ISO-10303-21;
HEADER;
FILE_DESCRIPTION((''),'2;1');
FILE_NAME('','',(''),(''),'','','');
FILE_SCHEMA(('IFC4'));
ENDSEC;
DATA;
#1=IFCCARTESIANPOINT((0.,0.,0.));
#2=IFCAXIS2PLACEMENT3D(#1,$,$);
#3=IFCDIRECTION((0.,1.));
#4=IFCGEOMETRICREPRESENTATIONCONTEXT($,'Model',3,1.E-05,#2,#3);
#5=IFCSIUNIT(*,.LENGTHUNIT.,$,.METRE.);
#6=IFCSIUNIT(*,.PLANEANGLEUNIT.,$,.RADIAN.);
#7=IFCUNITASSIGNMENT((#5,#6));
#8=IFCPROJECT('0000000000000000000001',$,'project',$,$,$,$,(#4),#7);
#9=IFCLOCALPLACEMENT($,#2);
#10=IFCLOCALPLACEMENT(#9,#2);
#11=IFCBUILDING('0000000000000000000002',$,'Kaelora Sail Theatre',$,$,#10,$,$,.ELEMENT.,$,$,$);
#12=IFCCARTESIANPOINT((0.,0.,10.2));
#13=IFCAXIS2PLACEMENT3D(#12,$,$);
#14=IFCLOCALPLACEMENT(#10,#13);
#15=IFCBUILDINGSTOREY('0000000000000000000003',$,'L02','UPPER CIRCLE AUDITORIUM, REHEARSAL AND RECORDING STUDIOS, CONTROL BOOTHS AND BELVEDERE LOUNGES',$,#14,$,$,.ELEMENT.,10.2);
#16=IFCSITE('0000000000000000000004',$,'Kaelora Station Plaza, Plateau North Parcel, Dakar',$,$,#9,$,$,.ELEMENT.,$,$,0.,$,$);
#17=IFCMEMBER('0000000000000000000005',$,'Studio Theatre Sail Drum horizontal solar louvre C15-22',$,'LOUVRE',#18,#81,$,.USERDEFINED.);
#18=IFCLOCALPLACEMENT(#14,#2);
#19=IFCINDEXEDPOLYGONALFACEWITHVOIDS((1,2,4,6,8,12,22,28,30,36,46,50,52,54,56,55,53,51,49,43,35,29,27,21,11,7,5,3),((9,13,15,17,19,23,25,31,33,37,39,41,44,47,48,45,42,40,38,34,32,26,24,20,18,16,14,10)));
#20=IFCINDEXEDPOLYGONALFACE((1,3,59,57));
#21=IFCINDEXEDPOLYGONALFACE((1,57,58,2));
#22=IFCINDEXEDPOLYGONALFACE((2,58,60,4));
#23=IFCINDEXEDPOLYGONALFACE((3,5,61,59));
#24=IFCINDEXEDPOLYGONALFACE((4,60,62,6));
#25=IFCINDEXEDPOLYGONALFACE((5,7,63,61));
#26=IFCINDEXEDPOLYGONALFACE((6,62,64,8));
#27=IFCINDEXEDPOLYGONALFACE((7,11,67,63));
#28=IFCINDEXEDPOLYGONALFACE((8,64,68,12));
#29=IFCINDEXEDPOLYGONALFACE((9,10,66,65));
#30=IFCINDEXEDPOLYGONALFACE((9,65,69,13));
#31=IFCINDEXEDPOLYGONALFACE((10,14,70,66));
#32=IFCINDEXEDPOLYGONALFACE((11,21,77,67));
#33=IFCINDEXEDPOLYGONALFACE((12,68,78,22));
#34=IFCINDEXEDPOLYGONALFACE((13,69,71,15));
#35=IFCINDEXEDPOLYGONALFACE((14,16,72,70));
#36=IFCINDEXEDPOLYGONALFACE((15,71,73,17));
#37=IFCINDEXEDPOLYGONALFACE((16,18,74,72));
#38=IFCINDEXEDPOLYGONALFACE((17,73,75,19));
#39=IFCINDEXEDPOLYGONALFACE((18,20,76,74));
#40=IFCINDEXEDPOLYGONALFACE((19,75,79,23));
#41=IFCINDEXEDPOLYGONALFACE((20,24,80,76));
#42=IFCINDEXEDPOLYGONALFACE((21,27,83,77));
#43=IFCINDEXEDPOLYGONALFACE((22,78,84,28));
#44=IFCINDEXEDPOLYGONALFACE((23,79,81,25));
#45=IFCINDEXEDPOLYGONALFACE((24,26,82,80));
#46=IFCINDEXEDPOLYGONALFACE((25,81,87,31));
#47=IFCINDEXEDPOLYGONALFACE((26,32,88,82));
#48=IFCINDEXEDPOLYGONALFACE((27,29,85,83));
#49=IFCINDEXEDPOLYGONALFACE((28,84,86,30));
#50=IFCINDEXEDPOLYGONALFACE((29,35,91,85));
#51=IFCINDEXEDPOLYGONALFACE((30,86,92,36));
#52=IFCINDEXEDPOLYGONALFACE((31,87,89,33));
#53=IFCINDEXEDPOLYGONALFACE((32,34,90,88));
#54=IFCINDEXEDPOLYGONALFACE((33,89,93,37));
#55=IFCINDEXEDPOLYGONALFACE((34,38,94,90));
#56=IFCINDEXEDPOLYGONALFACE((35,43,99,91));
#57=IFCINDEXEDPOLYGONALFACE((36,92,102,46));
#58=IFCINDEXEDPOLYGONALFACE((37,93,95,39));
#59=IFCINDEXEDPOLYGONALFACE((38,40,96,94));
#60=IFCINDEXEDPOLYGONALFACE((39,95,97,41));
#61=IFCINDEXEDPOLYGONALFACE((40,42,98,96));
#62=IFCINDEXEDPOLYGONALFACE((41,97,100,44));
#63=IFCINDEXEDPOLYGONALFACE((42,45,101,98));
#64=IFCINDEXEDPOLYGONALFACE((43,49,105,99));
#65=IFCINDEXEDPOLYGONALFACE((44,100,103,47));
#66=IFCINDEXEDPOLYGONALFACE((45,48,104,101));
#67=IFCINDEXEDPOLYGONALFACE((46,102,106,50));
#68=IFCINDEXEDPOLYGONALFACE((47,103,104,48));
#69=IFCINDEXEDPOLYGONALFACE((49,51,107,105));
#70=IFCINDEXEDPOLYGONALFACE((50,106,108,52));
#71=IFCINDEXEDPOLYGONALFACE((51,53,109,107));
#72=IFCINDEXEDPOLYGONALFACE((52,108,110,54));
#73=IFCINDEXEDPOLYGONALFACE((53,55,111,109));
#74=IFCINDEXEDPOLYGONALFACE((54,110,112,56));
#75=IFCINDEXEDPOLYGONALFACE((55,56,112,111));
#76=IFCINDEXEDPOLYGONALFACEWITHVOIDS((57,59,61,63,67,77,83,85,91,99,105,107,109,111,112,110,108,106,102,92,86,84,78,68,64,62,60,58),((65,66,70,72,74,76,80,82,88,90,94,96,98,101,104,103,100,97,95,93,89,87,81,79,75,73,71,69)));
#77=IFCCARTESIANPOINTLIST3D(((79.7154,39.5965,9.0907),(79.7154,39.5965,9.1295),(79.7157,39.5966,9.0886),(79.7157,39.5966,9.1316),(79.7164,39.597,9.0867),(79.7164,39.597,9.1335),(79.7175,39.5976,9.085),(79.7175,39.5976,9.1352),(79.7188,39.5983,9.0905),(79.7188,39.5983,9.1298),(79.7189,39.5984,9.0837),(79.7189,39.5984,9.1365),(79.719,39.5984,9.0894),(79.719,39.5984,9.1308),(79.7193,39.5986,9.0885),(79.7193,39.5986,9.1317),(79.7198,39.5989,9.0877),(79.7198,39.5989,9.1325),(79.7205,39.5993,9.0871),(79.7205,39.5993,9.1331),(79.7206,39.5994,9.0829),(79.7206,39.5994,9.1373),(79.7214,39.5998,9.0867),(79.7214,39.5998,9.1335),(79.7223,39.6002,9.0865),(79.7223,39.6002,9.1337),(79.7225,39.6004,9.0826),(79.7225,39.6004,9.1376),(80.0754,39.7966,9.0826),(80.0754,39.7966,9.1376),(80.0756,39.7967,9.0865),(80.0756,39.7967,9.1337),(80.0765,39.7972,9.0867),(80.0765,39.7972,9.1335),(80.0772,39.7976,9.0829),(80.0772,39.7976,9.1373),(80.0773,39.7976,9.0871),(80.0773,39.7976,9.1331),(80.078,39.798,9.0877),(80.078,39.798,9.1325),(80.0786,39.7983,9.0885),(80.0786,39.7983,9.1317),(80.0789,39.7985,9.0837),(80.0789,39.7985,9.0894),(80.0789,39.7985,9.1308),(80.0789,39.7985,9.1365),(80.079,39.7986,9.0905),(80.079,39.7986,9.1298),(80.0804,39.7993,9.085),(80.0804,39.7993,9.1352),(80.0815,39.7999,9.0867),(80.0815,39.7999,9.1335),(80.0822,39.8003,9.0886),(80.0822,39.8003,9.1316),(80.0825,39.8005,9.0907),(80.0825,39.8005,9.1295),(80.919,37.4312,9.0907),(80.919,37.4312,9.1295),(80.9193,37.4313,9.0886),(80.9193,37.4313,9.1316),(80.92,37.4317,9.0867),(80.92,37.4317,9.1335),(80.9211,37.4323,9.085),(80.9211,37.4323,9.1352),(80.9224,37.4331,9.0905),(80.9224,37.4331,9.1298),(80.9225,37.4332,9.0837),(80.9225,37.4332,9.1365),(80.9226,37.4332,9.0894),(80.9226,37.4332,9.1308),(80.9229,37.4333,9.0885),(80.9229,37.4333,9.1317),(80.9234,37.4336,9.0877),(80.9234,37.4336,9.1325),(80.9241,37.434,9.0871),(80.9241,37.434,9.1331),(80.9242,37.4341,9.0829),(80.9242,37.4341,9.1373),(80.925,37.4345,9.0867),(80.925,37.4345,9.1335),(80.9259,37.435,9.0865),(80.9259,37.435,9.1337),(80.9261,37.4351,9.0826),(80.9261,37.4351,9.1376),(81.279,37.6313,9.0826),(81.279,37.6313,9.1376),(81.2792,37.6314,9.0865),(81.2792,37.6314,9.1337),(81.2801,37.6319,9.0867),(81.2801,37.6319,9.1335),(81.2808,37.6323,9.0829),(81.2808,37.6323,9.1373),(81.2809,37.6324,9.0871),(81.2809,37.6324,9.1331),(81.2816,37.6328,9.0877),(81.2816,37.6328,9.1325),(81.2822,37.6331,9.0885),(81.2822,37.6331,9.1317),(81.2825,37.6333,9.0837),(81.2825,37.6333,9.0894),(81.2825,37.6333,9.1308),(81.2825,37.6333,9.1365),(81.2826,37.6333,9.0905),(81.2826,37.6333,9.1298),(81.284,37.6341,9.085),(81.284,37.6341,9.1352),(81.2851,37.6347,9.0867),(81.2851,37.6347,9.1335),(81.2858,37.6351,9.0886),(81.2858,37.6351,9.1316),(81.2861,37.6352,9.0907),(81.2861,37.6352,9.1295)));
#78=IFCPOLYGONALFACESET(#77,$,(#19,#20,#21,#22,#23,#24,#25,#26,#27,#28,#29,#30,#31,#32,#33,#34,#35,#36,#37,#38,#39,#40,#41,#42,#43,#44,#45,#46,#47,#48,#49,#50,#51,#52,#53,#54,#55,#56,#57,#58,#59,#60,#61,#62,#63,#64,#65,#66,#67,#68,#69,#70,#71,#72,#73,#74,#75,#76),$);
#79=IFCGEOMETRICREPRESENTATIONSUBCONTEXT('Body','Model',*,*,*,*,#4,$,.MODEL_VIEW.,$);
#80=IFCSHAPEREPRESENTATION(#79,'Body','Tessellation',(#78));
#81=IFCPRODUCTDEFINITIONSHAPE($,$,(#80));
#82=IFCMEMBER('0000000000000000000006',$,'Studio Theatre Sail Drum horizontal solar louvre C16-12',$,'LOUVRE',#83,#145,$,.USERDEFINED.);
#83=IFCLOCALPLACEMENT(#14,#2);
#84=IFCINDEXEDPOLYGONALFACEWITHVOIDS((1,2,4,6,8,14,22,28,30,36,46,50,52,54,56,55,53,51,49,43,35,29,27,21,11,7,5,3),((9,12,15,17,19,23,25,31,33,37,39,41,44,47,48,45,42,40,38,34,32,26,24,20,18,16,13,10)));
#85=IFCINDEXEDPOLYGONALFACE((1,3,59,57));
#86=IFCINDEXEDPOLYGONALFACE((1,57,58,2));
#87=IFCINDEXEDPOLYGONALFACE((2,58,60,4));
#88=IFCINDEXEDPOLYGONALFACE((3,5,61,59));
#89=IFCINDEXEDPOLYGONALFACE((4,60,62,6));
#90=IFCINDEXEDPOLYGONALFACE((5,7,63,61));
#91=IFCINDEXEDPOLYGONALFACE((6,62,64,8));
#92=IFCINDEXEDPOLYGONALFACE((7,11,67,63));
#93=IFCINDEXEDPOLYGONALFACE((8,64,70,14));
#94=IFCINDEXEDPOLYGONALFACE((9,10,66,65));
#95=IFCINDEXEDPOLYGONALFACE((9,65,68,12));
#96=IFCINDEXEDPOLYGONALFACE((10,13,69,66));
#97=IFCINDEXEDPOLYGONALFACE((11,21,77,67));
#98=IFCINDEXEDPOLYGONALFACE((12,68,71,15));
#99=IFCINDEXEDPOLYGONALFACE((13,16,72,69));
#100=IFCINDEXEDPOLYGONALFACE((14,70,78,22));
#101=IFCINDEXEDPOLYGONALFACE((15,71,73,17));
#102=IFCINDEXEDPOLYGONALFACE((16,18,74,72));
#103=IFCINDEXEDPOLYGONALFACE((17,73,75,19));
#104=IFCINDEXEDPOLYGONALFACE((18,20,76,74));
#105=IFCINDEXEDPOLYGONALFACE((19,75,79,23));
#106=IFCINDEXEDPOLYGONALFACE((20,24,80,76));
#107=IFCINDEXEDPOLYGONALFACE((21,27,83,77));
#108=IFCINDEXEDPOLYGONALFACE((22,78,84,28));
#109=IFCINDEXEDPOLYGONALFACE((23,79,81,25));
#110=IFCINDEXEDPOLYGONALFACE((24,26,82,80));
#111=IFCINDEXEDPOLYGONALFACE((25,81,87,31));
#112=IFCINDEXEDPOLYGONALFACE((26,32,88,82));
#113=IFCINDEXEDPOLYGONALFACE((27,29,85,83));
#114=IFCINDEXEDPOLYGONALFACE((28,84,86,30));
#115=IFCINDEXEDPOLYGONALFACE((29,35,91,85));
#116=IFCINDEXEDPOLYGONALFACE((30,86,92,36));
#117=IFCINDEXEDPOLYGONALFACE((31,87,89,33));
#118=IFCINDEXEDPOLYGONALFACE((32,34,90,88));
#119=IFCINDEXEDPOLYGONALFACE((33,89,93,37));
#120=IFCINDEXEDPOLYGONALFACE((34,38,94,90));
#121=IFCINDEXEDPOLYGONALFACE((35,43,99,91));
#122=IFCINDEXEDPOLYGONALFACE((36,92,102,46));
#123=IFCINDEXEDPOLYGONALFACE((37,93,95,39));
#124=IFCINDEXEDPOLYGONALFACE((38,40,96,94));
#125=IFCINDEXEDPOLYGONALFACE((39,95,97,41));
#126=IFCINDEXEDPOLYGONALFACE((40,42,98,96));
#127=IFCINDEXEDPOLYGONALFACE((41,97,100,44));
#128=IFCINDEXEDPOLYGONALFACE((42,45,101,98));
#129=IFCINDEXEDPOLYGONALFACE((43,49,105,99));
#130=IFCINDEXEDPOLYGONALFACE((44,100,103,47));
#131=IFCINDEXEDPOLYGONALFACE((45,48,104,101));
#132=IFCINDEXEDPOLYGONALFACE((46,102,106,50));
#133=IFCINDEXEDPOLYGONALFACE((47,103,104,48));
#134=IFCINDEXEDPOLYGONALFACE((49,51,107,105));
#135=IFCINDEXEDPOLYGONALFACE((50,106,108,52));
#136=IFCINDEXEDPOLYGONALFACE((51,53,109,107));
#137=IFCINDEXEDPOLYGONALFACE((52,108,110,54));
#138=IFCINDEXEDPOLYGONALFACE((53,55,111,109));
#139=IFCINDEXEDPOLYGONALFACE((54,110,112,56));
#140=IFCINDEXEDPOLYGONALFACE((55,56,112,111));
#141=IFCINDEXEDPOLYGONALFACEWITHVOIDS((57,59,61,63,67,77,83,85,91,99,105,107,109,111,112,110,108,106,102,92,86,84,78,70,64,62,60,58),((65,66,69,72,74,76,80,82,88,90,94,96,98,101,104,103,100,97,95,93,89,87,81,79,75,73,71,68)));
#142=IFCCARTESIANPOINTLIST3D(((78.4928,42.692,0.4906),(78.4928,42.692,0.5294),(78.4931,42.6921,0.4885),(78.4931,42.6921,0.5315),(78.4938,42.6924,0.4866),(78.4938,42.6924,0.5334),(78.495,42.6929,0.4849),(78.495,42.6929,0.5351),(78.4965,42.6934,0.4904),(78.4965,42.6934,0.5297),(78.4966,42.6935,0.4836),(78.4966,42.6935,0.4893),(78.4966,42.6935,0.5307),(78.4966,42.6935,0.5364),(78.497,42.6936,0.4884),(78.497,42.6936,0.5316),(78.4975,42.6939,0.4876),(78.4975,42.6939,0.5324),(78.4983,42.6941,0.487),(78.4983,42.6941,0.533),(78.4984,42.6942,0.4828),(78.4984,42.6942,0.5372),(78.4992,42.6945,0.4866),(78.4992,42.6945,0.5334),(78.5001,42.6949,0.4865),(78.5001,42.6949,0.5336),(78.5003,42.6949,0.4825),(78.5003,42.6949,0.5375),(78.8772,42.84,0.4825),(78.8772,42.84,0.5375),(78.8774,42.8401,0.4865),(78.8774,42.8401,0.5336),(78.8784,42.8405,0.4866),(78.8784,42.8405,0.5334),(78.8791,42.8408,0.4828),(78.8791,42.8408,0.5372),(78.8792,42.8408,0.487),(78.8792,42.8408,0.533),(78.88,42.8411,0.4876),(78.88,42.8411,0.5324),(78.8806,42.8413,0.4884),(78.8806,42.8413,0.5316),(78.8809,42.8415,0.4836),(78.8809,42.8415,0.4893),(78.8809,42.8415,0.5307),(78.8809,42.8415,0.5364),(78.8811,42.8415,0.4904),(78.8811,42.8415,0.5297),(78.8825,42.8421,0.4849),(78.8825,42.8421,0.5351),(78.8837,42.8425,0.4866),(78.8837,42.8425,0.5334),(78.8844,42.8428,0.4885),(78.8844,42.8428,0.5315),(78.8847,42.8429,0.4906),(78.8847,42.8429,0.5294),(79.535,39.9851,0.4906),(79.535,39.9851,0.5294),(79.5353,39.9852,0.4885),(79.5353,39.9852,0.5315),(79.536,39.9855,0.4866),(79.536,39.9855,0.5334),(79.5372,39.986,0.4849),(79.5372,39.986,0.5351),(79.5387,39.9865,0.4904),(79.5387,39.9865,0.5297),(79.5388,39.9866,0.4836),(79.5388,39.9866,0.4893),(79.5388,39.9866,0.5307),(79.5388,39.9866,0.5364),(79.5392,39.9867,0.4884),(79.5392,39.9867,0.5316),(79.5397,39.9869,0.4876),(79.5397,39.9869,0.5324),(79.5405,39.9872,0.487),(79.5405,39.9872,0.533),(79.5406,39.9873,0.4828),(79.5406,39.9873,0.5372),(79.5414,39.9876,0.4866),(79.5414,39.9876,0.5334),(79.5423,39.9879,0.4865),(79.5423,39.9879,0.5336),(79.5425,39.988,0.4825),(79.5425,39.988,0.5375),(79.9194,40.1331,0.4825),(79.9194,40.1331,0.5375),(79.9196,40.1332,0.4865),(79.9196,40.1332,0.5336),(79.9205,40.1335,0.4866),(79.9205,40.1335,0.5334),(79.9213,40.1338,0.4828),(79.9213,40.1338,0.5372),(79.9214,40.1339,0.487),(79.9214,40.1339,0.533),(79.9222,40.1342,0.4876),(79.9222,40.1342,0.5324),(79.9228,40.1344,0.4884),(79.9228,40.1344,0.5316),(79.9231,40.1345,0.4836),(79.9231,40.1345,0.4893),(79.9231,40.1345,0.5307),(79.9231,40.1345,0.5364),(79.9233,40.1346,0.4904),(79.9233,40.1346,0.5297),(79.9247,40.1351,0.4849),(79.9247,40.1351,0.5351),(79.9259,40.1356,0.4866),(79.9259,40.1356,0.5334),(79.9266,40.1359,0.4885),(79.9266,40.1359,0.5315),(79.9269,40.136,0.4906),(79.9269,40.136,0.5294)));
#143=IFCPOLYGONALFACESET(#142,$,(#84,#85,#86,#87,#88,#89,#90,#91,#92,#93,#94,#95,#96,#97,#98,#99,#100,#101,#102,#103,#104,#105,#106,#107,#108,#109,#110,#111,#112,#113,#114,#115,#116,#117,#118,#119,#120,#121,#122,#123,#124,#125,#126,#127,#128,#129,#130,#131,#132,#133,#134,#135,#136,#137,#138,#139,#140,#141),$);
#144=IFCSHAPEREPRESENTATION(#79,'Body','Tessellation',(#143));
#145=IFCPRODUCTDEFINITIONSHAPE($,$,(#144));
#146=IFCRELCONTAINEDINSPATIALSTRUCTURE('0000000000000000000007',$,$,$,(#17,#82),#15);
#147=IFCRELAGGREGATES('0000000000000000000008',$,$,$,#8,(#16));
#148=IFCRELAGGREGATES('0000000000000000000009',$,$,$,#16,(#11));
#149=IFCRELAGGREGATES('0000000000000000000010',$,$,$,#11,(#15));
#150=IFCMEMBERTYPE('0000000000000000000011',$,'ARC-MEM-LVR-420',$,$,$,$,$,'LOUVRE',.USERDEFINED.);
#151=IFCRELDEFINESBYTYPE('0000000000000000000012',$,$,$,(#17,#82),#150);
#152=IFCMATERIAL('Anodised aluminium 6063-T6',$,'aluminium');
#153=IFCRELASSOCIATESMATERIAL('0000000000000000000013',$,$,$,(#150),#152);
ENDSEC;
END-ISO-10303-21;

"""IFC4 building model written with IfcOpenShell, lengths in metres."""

from ifc_helpers import new_model, si_unit, direction, frame, origin, origin_2d, place, context, subcontext, project, spatial, hollow_rectangle, extrude, material, material_profile, profile_set, type_object, element, save


model = new_model("IFC4")

# Units and contexts
model_context = context("Model", 3, precision=1e-05, world=origin(), true_north=direction((0.0, 1.0)))
body_context = subcontext(model_context, "Body", "Model", "MODEL_VIEW")
ifc_project = project(units=[si_unit("LENGTHUNIT", "METRE"), si_unit("PLANEANGLEUNIT", "RADIAN")], contexts=[model_context])

# Site, building, storey
site_placement = place(None, origin())
site = spatial("IfcSite", under=ifc_project, at=site_placement, Name="Kaelora Station Plaza, Plateau North Parcel, Dakar", CompositionType="ELEMENT", RefElevation=0.0)
building_placement = place(site_placement, origin())
building = spatial("IfcBuilding", under=site, at=building_placement, Name="Kaelora Sail Theatre", CompositionType="ELEMENT")
storey_placement = place(building_placement, frame((0.0, 0.0, 10.2)))
storey = spatial("IfcBuildingStorey", under=building, at=storey_placement, Name="L02", Description="UPPER CIRCLE AUDITORIUM, REHEARSAL AND RECORDING STUDIOS, CONTROL BOOTHS AND BELVEDERE LOUNGES", CompositionType="ELEMENT", Elevation=10.2)

# Members
ifc_material_1 = material(Name="Anodised aluminium 6063-T6", Category="aluminium")
ifc_material_profile_1 = material_profile(ifc_material_1, hollow_rectangle(XDim=0.4199, YDim=0.0549, WallThickness=0.0039, InnerFilletRadius=0.0039, OuterFilletRadius=0.0081, at=origin_2d()), Name="LOUVRE 420x55x4")
ifc_profile_set_1 = profile_set([ifc_material_profile_1], Name="Anodised aluminium 6063-T6")
member_type = type_object("IfcMemberType", Name="ARC-MEM-LVR-420", ElementType="LOUVRE", PredefinedType="USERDEFINED", material=ifc_profile_set_1)
for number, where, z_axis, x_axis, name in (
    (1, (81.1025, 37.5332, 9.1101), (-0.485852, 0.874041, 0.0), (-0.874041, -0.485852, 0.0), "Studio Theatre Sail Drum horizontal solar louvre C15-22"),
):
    element("IfcMember", number, at=place(storey_placement, frame(where, z_axis=z_axis, x_axis=x_axis)), inside=storey, type_object=member_type, Name=name, ObjectType="LOUVRE", PredefinedType="USERDEFINED", context=body_context, shape_type="SweptSolid", body=[
        extrude(hollow_rectangle(XDim=0.4199, YDim=0.0549, WallThickness=0.0039, InnerFilletRadius=0.0039, OuterFilletRadius=0.0081, at=origin_2d()), origin(), (0.0, 0.0, 1.0), 2.4773),
    ])
for number, where, z_axis, x_axis, name in (
    (2, (79.731, 40.0605, 0.51), (-0.359301, 0.933222, 0.0), (-0.933222, -0.359301, 0.0), "Studio Theatre Sail Drum horizontal solar louvre C16-12"),
):
    element("IfcMember", number, at=place(storey_placement, frame(where, z_axis=z_axis, x_axis=x_axis)), inside=storey, type_object=member_type, Name=name, ObjectType="LOUVRE", PredefinedType="USERDEFINED", context=body_context, shape_type="SweptSolid", body=[
        extrude(hollow_rectangle(XDim=0.4199, YDim=0.0549, WallThickness=0.0039, InnerFilletRadius=0.0039, OuterFilletRadius=0.0081, at=origin_2d()), origin(), (0.0, 0.0, 1.0), 2.9006),
    ])

save(model, "model.ifc")
